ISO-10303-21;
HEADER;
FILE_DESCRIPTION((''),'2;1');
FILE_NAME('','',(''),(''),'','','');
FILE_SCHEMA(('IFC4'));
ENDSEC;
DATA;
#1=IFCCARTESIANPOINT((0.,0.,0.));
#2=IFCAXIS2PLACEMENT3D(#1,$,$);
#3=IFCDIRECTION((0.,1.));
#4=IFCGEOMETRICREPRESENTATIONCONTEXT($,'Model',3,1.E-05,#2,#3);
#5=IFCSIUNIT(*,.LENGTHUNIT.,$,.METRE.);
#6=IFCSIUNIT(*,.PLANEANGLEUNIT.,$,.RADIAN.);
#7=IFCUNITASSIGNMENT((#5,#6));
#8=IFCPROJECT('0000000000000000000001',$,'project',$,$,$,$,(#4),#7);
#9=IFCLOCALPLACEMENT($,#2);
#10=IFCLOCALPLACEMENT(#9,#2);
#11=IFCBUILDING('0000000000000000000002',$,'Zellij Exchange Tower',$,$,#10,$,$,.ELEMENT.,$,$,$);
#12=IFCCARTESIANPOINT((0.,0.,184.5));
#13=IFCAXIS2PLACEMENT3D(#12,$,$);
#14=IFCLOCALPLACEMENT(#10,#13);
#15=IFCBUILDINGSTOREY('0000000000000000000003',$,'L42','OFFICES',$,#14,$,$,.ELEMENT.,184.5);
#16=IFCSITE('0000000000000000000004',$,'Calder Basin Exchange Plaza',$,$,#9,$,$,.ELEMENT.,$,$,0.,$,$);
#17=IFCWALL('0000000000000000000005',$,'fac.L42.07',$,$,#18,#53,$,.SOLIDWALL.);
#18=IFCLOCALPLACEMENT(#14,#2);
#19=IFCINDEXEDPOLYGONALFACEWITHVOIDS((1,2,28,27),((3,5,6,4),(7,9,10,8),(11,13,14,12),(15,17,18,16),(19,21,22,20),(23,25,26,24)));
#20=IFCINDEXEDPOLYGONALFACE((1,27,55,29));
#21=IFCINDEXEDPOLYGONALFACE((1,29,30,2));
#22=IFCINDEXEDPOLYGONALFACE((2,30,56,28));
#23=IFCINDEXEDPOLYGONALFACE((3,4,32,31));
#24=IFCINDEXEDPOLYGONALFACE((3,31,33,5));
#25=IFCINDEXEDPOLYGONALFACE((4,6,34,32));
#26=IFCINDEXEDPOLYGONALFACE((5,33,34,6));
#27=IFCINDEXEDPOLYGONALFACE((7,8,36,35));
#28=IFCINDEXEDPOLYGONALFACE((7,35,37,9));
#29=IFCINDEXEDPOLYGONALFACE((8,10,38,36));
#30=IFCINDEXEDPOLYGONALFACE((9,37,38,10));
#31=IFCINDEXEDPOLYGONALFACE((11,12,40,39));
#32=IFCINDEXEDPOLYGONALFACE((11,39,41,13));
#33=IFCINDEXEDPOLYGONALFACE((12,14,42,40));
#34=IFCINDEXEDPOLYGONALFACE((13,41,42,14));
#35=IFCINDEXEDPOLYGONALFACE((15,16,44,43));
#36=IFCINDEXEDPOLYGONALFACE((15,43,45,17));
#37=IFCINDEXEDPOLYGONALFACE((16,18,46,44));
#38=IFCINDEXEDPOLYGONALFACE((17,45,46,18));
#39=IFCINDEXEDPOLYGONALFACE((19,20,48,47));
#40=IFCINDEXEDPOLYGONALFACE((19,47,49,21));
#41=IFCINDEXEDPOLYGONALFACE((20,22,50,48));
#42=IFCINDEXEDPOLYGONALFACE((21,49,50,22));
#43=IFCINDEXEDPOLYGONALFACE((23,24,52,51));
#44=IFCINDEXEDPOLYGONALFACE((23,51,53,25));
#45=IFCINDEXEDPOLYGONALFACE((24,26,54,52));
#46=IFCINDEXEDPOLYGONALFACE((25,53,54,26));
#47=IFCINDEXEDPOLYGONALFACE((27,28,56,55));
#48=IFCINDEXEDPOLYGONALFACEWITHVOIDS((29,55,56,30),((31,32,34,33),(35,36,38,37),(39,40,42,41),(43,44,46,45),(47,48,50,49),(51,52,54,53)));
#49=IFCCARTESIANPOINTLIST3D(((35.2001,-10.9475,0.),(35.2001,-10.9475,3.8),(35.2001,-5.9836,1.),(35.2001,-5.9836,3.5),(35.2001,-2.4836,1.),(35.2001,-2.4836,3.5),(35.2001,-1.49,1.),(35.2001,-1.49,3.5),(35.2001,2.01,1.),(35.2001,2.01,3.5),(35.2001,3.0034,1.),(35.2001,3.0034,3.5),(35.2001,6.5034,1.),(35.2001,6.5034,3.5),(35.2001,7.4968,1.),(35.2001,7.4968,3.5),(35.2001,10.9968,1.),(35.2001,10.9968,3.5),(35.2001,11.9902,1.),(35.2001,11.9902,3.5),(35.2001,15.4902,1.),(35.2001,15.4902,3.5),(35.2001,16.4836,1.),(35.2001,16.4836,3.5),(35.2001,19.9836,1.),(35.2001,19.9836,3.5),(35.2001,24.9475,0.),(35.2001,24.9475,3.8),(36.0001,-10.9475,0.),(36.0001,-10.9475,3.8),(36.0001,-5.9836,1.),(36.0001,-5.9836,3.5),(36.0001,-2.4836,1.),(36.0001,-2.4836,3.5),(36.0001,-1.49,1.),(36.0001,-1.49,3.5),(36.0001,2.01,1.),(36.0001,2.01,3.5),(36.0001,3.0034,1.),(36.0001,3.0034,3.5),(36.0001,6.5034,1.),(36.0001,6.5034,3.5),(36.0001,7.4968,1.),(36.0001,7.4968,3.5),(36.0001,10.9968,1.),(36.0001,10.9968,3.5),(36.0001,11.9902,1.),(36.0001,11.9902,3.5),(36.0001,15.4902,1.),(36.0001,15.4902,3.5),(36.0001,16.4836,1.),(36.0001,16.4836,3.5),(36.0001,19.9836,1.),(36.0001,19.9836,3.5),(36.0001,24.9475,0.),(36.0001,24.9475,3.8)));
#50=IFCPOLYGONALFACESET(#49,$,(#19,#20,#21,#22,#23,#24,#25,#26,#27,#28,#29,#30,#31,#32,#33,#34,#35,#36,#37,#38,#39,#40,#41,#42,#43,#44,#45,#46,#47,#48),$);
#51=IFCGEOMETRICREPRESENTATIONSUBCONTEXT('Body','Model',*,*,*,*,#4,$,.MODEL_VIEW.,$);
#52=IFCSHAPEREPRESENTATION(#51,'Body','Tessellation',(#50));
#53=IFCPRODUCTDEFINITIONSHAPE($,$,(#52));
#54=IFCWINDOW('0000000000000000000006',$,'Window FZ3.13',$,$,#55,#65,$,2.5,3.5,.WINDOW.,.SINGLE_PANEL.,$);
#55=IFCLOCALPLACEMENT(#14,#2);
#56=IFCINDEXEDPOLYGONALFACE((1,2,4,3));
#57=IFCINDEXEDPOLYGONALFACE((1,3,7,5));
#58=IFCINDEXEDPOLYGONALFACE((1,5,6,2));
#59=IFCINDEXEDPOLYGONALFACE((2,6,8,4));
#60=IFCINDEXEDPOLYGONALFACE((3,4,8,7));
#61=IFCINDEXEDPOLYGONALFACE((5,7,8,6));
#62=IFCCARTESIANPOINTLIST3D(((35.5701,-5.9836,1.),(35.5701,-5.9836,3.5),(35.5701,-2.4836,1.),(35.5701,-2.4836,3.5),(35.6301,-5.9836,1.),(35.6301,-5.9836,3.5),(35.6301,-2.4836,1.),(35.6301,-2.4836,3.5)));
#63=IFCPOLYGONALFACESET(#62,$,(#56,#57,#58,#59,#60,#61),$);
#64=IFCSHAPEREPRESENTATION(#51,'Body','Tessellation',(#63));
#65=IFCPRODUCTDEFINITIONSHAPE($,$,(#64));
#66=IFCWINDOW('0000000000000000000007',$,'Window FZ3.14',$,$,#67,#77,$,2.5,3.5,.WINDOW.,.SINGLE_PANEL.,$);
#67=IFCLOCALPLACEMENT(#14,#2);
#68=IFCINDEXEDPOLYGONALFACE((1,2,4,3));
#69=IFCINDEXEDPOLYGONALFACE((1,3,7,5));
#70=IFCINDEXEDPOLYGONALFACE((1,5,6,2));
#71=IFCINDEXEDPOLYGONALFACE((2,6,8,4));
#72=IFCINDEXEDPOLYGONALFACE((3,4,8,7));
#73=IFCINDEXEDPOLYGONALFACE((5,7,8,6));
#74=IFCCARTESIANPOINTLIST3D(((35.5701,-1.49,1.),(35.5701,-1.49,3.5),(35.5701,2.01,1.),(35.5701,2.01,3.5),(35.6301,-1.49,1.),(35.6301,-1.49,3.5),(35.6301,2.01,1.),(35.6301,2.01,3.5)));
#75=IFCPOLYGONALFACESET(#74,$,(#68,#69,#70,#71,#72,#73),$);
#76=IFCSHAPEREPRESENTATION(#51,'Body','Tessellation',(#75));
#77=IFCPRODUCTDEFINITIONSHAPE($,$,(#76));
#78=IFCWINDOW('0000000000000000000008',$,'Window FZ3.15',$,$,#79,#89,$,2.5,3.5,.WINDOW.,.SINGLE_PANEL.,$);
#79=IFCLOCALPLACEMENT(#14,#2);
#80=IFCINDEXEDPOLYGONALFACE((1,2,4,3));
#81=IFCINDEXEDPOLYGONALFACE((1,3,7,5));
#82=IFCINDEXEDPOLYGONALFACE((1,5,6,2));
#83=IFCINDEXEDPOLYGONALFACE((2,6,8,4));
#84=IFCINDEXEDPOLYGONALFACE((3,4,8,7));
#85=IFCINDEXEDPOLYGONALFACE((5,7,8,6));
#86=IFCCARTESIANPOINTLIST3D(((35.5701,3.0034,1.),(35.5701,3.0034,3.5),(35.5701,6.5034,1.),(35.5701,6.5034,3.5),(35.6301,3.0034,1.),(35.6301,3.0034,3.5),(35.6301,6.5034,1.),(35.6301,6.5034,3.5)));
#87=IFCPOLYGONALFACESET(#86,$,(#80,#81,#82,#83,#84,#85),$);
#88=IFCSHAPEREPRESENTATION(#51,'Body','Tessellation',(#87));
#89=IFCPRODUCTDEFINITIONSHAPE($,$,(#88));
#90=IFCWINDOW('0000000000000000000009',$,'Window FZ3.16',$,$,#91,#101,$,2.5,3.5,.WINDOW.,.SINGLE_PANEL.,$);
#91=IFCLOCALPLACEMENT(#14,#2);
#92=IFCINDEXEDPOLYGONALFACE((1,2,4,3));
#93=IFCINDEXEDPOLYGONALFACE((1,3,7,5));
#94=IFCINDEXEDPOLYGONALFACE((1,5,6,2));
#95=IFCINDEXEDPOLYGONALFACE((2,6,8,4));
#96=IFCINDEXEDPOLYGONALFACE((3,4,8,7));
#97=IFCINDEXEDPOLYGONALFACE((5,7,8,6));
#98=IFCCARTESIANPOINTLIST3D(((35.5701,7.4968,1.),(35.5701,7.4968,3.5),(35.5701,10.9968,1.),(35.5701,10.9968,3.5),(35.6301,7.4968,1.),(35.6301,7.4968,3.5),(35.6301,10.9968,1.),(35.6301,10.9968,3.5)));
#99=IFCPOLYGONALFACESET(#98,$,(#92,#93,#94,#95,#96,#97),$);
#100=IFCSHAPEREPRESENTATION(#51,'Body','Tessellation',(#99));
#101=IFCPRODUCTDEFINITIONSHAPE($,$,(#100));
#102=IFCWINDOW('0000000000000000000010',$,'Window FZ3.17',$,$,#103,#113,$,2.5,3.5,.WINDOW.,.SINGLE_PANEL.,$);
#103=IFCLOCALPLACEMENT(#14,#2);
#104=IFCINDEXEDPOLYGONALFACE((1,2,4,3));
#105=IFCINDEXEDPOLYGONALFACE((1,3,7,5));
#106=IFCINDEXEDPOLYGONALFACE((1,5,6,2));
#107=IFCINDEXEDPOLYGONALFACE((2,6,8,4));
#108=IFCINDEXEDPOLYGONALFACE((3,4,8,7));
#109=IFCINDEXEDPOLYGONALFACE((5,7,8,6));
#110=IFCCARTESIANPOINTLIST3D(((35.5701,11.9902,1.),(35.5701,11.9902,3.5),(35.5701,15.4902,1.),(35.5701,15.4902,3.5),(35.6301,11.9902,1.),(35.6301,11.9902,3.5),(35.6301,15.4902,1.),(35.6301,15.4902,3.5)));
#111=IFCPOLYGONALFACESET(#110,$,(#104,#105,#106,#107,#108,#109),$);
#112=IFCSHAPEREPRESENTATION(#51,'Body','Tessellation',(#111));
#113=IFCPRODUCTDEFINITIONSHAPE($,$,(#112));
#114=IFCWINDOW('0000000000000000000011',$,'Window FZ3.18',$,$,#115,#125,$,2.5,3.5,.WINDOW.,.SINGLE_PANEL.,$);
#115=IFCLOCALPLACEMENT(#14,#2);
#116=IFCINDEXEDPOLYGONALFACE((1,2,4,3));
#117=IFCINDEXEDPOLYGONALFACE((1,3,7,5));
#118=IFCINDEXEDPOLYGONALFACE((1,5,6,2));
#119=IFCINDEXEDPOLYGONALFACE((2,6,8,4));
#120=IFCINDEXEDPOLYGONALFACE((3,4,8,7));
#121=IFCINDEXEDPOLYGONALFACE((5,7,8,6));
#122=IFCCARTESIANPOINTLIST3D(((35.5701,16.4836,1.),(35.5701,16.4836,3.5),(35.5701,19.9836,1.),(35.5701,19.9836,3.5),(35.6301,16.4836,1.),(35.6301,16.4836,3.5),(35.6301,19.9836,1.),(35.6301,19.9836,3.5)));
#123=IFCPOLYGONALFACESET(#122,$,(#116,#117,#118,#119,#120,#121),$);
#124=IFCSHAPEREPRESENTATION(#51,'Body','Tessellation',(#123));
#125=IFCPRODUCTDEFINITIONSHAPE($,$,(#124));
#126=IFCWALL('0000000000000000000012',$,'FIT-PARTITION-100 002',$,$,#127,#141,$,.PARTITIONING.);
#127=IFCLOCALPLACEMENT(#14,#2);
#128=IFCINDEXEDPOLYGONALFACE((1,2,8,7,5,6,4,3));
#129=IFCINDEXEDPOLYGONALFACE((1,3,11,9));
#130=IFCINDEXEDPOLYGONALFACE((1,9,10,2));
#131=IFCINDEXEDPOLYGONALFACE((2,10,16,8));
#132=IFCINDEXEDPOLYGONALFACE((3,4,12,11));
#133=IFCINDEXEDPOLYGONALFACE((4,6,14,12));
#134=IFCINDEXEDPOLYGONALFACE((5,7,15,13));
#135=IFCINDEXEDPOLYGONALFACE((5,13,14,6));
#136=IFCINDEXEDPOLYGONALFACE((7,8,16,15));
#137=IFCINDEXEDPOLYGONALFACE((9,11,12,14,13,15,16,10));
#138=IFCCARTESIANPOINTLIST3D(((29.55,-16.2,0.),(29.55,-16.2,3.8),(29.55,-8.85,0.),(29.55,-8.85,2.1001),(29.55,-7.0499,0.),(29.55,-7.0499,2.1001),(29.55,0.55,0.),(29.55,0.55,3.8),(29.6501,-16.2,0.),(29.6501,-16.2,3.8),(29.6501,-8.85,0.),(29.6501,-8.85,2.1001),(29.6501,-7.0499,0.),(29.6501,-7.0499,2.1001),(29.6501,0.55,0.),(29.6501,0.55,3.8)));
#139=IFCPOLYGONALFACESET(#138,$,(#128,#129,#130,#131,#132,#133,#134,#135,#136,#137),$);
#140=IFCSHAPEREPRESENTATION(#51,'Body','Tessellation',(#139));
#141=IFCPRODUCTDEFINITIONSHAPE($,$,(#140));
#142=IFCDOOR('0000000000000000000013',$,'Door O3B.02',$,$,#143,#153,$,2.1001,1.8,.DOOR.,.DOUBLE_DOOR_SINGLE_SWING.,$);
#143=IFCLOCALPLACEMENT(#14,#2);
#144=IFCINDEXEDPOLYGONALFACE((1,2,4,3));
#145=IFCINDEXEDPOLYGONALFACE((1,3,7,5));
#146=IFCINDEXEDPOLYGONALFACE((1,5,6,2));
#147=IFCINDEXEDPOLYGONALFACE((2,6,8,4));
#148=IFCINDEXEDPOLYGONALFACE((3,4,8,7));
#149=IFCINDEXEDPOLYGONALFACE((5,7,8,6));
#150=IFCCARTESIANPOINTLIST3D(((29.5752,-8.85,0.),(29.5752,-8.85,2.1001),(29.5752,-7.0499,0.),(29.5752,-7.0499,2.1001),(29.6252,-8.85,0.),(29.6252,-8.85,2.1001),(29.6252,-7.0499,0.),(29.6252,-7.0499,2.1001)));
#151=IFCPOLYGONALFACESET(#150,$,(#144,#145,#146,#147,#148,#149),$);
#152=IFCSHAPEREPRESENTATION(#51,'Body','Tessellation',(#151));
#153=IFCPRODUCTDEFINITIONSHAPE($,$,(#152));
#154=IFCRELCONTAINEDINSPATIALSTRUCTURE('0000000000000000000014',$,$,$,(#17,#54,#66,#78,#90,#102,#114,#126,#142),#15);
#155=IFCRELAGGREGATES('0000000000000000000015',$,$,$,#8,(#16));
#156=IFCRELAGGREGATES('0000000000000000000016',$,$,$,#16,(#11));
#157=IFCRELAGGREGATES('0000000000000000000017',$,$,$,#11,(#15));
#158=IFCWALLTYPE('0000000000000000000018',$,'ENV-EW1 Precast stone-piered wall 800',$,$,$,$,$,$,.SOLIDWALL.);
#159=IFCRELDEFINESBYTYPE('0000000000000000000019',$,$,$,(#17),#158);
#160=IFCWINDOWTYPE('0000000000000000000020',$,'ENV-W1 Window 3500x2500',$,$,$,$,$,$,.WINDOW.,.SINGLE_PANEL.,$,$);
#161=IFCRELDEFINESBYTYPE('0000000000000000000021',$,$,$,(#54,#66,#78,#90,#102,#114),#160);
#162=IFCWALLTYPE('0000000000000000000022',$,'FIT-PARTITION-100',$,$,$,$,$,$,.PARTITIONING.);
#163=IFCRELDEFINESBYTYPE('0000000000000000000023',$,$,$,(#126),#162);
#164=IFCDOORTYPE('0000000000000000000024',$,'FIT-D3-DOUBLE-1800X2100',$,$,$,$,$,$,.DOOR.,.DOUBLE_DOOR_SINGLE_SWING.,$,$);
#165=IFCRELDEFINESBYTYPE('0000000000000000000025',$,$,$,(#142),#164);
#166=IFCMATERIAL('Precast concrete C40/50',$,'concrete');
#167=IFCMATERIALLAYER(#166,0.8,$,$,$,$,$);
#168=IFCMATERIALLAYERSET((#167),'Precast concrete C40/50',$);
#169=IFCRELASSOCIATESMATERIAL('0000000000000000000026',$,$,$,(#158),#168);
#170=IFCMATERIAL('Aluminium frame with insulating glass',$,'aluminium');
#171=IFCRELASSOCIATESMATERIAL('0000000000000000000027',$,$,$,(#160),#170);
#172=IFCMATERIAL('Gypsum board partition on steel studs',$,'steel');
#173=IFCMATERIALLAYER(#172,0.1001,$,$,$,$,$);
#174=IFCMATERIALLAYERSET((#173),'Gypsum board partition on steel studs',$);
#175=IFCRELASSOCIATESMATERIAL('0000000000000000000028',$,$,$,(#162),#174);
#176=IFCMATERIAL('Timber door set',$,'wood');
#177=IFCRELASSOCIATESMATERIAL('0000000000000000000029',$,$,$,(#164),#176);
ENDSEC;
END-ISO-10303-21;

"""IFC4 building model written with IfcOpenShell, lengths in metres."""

from ifc_helpers import new_model, si_unit, direction, frame, frame_2d, origin, place, context, subcontext, project, spatial, rectangle, extrude, material, layer, layer_set, type_object, element, fill, save


model = new_model("IFC4")

# Units and contexts
model_context = context("Model", 3, precision=1e-05, world=origin(), true_north=direction((0.0, 1.0)))
body_context = subcontext(model_context, "Body", "Model", "MODEL_VIEW")
ifc_project = project(units=[si_unit("LENGTHUNIT", "METRE"), si_unit("PLANEANGLEUNIT", "RADIAN")], contexts=[model_context])

# Site, building, storey
site_placement = place(None, origin())
site = spatial("IfcSite", under=ifc_project, at=site_placement, Name="Calder Basin Exchange Plaza", CompositionType="ELEMENT", RefElevation=0.0)
building_placement = place(site_placement, origin())
building = spatial("IfcBuilding", under=site, at=building_placement, Name="Zellij Exchange Tower", CompositionType="ELEMENT")
storey_placement = place(building_placement, frame((0.0, 0.0, 184.5)))
storey = spatial("IfcBuildingStorey", under=building, at=storey_placement, Name="L42", Description="OFFICES", CompositionType="ELEMENT", Elevation=184.5)

# Shared definitions
ifc_material_1 = material(Name="Precast concrete C40/50", Category="concrete")
ifc_layer_1 = layer(ifc_material_1, 0.8)
ifc_layer_set_1 = layer_set([ifc_layer_1], Name="Precast concrete C40/50")
wall_type_1 = type_object("IfcWallType", Name="ENV-EW1 Precast stone-piered wall 800", PredefinedType="SOLIDWALL", material=ifc_layer_set_1)

# Wall, openings, windows
wall_1_placement = place(storey_placement, frame((35.6001, -10.9475, 0.0), z_axis=(0.0, 0.0, 1.0), x_axis=(0.0, 1.0, 0.0)))
wall_1 = element("IfcWall", 1, at=wall_1_placement, inside=storey, type_object=wall_type_1, Name="fac.L42.07", PredefinedType="SOLIDWALL", context=body_context, shape_type="SweptSolid", body=[
    extrude(rectangle(XDim=35.895, YDim=0.8, at=frame_2d((17.9475, 0.0))), origin(), (0.0, 0.0, 1.0), 3.8),
])
opening_1_placement = place(wall_1_placement, frame((4.9639, 0.0, 1.0)))
opening_1 = element("IfcOpeningElement", 2, at=opening_1_placement, cuts=wall_1, PredefinedType="OPENING", context=body_context, shape_type="SweptSolid", body=[
    extrude(rectangle(XDim=3.5, YDim=2.5, at=frame_2d((1.75, 1.25))), frame((0.0, 0.4121, 0.0), z_axis=(0.0, -1.0, 0.0), x_axis=(1.0, 0.0, 0.0)), (0.0, 0.0, 1.0), 0.824),
])
opening_2_placement = place(wall_1_placement, frame((9.4575, 0.0, 1.0)))
opening_2 = element("IfcOpeningElement", 3, at=opening_2_placement, cuts=wall_1, PredefinedType="OPENING", context=body_context, shape_type="SweptSolid", body=[
    extrude(rectangle(XDim=3.5, YDim=2.5, at=frame_2d((1.75, 1.25))), frame((0.0, 0.4121, 0.0), z_axis=(0.0, -1.0, 0.0), x_axis=(1.0, 0.0, 0.0)), (0.0, 0.0, 1.0), 0.824),
])
opening_3_placement = place(wall_1_placement, frame((13.9509, 0.0, 1.0)))
opening_3 = element("IfcOpeningElement", 4, at=opening_3_placement, cuts=wall_1, PredefinedType="OPENING", context=body_context, shape_type="SweptSolid", body=[
    extrude(rectangle(XDim=3.5, YDim=2.5, at=frame_2d((1.75, 1.25))), frame((0.0, 0.4121, 0.0), z_axis=(0.0, -1.0, 0.0), x_axis=(1.0, 0.0, 0.0)), (0.0, 0.0, 1.0), 0.824),
])
opening_4_placement = place(wall_1_placement, frame((18.4443, 0.0, 1.0)))
opening_4 = element("IfcOpeningElement", 5, at=opening_4_placement, cuts=wall_1, PredefinedType="OPENING", context=body_context, shape_type="SweptSolid", body=[
    extrude(rectangle(XDim=3.5, YDim=2.5, at=frame_2d((1.75, 1.25))), frame((0.0, 0.4121, 0.0), z_axis=(0.0, -1.0, 0.0), x_axis=(1.0, 0.0, 0.0)), (0.0, 0.0, 1.0), 0.824),
])
opening_5_placement = place(wall_1_placement, frame((22.9377, 0.0, 1.0)))
opening_5 = element("IfcOpeningElement", 6, at=opening_5_placement, cuts=wall_1, PredefinedType="OPENING", context=body_context, shape_type="SweptSolid", body=[
    extrude(rectangle(XDim=3.5, YDim=2.5, at=frame_2d((1.75, 1.25))), frame((0.0, 0.4121, 0.0), z_axis=(0.0, -1.0, 0.0), x_axis=(1.0, 0.0, 0.0)), (0.0, 0.0, 1.0), 0.824),
])
opening_6_placement = place(wall_1_placement, frame((27.4312, 0.0, 1.0)))
opening_6 = element("IfcOpeningElement", 7, at=opening_6_placement, cuts=wall_1, PredefinedType="OPENING", context=body_context, shape_type="SweptSolid", body=[
    extrude(rectangle(XDim=3.5, YDim=2.5, at=frame_2d((1.75, 1.25))), frame((0.0, 0.4121, 0.0), z_axis=(0.0, -1.0, 0.0), x_axis=(1.0, 0.0, 0.0)), (0.0, 0.0, 1.0), 0.824),
])
ifc_material_2 = material(Name="Aluminium frame with insulating glass", Category="aluminium")
window_type = type_object("IfcWindowType", Name="ENV-W1 Window 3500x2500", PartitioningType="SINGLE_PANEL", PredefinedType="WINDOW", material=ifc_material_2)
window_1_placement = place(opening_1_placement, origin())
window_1 = element("IfcWindow", 8, at=window_1_placement, inside=storey, type_object=window_type, Name="Window FZ3.13", OverallHeight=2.5, OverallWidth=3.5, PartitioningType="SINGLE_PANEL", PredefinedType="WINDOW", context=body_context, shape_type="SweptSolid", body=[
    extrude(rectangle(XDim=3.5, YDim=2.5, at=frame_2d((1.75, 1.25))), frame((0.0, 0.03, 0.0), z_axis=(0.0, -1.0, 0.0), x_axis=(1.0, 0.0, 0.0)), (0.0, 0.0, 1.0), 0.0601),
])
fill(opening_1, window_1)
window_2_placement = place(opening_2_placement, origin())
window_2 = element("IfcWindow", 9, at=window_2_placement, inside=storey, type_object=window_type, Name="Window FZ3.14", OverallHeight=2.5, OverallWidth=3.5, PartitioningType="SINGLE_PANEL", PredefinedType="WINDOW", context=body_context, shape_type="SweptSolid", body=[
    extrude(rectangle(XDim=3.5, YDim=2.5, at=frame_2d((1.75, 1.25))), frame((0.0, 0.03, 0.0), z_axis=(0.0, -1.0, 0.0), x_axis=(1.0, 0.0, 0.0)), (0.0, 0.0, 1.0), 0.0601),
])
fill(opening_2, window_2)
window_3_placement = place(opening_3_placement, origin())
window_3 = element("IfcWindow", 10, at=window_3_placement, inside=storey, type_object=window_type, Name="Window FZ3.15", OverallHeight=2.5, OverallWidth=3.5, PartitioningType="SINGLE_PANEL", PredefinedType="WINDOW", context=body_context, shape_type="SweptSolid", body=[
    extrude(rectangle(XDim=3.5, YDim=2.5, at=frame_2d((1.75, 1.25))), frame((0.0, 0.03, 0.0), z_axis=(0.0, -1.0, 0.0), x_axis=(1.0, 0.0, 0.0)), (0.0, 0.0, 1.0), 0.0601),
])
fill(opening_3, window_3)
window_4_placement = place(opening_4_placement, origin())
window_4 = element("IfcWindow", 11, at=window_4_placement, inside=storey, type_object=window_type, Name="Window FZ3.16", OverallHeight=2.5, OverallWidth=3.5, PartitioningType="SINGLE_PANEL", PredefinedType="WINDOW", context=body_context, shape_type="SweptSolid", body=[
    extrude(rectangle(XDim=3.5, YDim=2.5, at=frame_2d((1.75, 1.25))), frame((0.0, 0.03, 0.0), z_axis=(0.0, -1.0, 0.0), x_axis=(1.0, 0.0, 0.0)), (0.0, 0.0, 1.0), 0.0601),
])
fill(opening_4, window_4)
window_5_placement = place(opening_5_placement, origin())
window_5 = element("IfcWindow", 12, at=window_5_placement, inside=storey, type_object=window_type, Name="Window FZ3.17", OverallHeight=2.5, OverallWidth=3.5, PartitioningType="SINGLE_PANEL", PredefinedType="WINDOW", context=body_context, shape_type="SweptSolid", body=[
    extrude(rectangle(XDim=3.5, YDim=2.5, at=frame_2d((1.75, 1.25))), frame((0.0, 0.03, 0.0), z_axis=(0.0, -1.0, 0.0), x_axis=(1.0, 0.0, 0.0)), (0.0, 0.0, 1.0), 0.0601),
])
fill(opening_5, window_5)
window_6_placement = place(opening_6_placement, origin())
window_6 = element("IfcWindow", 13, at=window_6_placement, inside=storey, type_object=window_type, Name="Window FZ3.18", OverallHeight=2.5, OverallWidth=3.5, PartitioningType="SINGLE_PANEL", PredefinedType="WINDOW", context=body_context, shape_type="SweptSolid", body=[
    extrude(rectangle(XDim=3.5, YDim=2.5, at=frame_2d((1.75, 1.25))), frame((0.0, 0.03, 0.0), z_axis=(0.0, -1.0, 0.0), x_axis=(1.0, 0.0, 0.0)), (0.0, 0.0, 1.0), 0.0601),
])
fill(opening_6, window_6)

# Wall, opening, door
ifc_material_3 = material(Name="Gypsum board partition on steel studs", Category="steel")
ifc_layer_2 = layer(ifc_material_3, 0.1001)
ifc_layer_set_2 = layer_set([ifc_layer_2], Name="Gypsum board partition on steel studs")
wall_type_2 = type_object("IfcWallType", Name="FIT-PARTITION-100", PredefinedType="PARTITIONING", material=ifc_layer_set_2)
wall_2_placement = place(storey_placement, frame((29.6001, -16.2, 0.0), z_axis=(0.0, 0.0, 1.0), x_axis=(0.0, 1.0, 0.0)))
wall_2 = element("IfcWall", 14, at=wall_2_placement, inside=storey, type_object=wall_type_2, Name="FIT-PARTITION-100 002", PredefinedType="PARTITIONING", context=body_context, shape_type="SweptSolid", body=[
    extrude(rectangle(XDim=16.75, YDim=0.1001, at=frame_2d((8.375, 0.0))), origin(), (0.0, 0.0, 1.0), 3.8),
])
opening_7_placement = place(wall_2_placement, frame((7.3501, 0.0, 0.0)))
opening_7 = element("IfcOpeningElement", 15, at=opening_7_placement, cuts=wall_2, PredefinedType="OPENING", context=body_context, shape_type="SweptSolid", body=[
    extrude(rectangle(XDim=1.8, YDim=2.1001, at=frame_2d((0.8999, 1.05))), frame((0.0, 0.062, 0.0), z_axis=(0.0, -1.0, 0.0), x_axis=(1.0, 0.0, 0.0)), (0.0, 0.0, 1.0), 0.124),
])
ifc_material_4 = material(Name="Timber door set", Category="wood")
door_type_1 = type_object("IfcDoorType", Name="FIT-D3-DOUBLE-1800X2100", OperationType="DOUBLE_DOOR_SINGLE_SWING", PredefinedType="DOOR", material=ifc_material_4)
door_1_placement = place(opening_7_placement, origin())
door_1 = element("IfcDoor", 16, at=door_1_placement, inside=storey, type_object=door_type_1, Name="Door O3B.02", OperationType="DOUBLE_DOOR_SINGLE_SWING", OverallHeight=2.1001, OverallWidth=1.8, PredefinedType="DOOR", context=body_context, shape_type="SweptSolid", body=[
    extrude(rectangle(XDim=1.8, YDim=2.1001, at=frame_2d((0.8999, 1.05))), frame((0.0, 0.0249, 0.0), z_axis=(0.0, -1.0, 0.0), x_axis=(1.0, 0.0, 0.0)), (0.0, 0.0, 1.0), 0.05),
])
fill(opening_7, door_1)

save(model, "model.ifc")
